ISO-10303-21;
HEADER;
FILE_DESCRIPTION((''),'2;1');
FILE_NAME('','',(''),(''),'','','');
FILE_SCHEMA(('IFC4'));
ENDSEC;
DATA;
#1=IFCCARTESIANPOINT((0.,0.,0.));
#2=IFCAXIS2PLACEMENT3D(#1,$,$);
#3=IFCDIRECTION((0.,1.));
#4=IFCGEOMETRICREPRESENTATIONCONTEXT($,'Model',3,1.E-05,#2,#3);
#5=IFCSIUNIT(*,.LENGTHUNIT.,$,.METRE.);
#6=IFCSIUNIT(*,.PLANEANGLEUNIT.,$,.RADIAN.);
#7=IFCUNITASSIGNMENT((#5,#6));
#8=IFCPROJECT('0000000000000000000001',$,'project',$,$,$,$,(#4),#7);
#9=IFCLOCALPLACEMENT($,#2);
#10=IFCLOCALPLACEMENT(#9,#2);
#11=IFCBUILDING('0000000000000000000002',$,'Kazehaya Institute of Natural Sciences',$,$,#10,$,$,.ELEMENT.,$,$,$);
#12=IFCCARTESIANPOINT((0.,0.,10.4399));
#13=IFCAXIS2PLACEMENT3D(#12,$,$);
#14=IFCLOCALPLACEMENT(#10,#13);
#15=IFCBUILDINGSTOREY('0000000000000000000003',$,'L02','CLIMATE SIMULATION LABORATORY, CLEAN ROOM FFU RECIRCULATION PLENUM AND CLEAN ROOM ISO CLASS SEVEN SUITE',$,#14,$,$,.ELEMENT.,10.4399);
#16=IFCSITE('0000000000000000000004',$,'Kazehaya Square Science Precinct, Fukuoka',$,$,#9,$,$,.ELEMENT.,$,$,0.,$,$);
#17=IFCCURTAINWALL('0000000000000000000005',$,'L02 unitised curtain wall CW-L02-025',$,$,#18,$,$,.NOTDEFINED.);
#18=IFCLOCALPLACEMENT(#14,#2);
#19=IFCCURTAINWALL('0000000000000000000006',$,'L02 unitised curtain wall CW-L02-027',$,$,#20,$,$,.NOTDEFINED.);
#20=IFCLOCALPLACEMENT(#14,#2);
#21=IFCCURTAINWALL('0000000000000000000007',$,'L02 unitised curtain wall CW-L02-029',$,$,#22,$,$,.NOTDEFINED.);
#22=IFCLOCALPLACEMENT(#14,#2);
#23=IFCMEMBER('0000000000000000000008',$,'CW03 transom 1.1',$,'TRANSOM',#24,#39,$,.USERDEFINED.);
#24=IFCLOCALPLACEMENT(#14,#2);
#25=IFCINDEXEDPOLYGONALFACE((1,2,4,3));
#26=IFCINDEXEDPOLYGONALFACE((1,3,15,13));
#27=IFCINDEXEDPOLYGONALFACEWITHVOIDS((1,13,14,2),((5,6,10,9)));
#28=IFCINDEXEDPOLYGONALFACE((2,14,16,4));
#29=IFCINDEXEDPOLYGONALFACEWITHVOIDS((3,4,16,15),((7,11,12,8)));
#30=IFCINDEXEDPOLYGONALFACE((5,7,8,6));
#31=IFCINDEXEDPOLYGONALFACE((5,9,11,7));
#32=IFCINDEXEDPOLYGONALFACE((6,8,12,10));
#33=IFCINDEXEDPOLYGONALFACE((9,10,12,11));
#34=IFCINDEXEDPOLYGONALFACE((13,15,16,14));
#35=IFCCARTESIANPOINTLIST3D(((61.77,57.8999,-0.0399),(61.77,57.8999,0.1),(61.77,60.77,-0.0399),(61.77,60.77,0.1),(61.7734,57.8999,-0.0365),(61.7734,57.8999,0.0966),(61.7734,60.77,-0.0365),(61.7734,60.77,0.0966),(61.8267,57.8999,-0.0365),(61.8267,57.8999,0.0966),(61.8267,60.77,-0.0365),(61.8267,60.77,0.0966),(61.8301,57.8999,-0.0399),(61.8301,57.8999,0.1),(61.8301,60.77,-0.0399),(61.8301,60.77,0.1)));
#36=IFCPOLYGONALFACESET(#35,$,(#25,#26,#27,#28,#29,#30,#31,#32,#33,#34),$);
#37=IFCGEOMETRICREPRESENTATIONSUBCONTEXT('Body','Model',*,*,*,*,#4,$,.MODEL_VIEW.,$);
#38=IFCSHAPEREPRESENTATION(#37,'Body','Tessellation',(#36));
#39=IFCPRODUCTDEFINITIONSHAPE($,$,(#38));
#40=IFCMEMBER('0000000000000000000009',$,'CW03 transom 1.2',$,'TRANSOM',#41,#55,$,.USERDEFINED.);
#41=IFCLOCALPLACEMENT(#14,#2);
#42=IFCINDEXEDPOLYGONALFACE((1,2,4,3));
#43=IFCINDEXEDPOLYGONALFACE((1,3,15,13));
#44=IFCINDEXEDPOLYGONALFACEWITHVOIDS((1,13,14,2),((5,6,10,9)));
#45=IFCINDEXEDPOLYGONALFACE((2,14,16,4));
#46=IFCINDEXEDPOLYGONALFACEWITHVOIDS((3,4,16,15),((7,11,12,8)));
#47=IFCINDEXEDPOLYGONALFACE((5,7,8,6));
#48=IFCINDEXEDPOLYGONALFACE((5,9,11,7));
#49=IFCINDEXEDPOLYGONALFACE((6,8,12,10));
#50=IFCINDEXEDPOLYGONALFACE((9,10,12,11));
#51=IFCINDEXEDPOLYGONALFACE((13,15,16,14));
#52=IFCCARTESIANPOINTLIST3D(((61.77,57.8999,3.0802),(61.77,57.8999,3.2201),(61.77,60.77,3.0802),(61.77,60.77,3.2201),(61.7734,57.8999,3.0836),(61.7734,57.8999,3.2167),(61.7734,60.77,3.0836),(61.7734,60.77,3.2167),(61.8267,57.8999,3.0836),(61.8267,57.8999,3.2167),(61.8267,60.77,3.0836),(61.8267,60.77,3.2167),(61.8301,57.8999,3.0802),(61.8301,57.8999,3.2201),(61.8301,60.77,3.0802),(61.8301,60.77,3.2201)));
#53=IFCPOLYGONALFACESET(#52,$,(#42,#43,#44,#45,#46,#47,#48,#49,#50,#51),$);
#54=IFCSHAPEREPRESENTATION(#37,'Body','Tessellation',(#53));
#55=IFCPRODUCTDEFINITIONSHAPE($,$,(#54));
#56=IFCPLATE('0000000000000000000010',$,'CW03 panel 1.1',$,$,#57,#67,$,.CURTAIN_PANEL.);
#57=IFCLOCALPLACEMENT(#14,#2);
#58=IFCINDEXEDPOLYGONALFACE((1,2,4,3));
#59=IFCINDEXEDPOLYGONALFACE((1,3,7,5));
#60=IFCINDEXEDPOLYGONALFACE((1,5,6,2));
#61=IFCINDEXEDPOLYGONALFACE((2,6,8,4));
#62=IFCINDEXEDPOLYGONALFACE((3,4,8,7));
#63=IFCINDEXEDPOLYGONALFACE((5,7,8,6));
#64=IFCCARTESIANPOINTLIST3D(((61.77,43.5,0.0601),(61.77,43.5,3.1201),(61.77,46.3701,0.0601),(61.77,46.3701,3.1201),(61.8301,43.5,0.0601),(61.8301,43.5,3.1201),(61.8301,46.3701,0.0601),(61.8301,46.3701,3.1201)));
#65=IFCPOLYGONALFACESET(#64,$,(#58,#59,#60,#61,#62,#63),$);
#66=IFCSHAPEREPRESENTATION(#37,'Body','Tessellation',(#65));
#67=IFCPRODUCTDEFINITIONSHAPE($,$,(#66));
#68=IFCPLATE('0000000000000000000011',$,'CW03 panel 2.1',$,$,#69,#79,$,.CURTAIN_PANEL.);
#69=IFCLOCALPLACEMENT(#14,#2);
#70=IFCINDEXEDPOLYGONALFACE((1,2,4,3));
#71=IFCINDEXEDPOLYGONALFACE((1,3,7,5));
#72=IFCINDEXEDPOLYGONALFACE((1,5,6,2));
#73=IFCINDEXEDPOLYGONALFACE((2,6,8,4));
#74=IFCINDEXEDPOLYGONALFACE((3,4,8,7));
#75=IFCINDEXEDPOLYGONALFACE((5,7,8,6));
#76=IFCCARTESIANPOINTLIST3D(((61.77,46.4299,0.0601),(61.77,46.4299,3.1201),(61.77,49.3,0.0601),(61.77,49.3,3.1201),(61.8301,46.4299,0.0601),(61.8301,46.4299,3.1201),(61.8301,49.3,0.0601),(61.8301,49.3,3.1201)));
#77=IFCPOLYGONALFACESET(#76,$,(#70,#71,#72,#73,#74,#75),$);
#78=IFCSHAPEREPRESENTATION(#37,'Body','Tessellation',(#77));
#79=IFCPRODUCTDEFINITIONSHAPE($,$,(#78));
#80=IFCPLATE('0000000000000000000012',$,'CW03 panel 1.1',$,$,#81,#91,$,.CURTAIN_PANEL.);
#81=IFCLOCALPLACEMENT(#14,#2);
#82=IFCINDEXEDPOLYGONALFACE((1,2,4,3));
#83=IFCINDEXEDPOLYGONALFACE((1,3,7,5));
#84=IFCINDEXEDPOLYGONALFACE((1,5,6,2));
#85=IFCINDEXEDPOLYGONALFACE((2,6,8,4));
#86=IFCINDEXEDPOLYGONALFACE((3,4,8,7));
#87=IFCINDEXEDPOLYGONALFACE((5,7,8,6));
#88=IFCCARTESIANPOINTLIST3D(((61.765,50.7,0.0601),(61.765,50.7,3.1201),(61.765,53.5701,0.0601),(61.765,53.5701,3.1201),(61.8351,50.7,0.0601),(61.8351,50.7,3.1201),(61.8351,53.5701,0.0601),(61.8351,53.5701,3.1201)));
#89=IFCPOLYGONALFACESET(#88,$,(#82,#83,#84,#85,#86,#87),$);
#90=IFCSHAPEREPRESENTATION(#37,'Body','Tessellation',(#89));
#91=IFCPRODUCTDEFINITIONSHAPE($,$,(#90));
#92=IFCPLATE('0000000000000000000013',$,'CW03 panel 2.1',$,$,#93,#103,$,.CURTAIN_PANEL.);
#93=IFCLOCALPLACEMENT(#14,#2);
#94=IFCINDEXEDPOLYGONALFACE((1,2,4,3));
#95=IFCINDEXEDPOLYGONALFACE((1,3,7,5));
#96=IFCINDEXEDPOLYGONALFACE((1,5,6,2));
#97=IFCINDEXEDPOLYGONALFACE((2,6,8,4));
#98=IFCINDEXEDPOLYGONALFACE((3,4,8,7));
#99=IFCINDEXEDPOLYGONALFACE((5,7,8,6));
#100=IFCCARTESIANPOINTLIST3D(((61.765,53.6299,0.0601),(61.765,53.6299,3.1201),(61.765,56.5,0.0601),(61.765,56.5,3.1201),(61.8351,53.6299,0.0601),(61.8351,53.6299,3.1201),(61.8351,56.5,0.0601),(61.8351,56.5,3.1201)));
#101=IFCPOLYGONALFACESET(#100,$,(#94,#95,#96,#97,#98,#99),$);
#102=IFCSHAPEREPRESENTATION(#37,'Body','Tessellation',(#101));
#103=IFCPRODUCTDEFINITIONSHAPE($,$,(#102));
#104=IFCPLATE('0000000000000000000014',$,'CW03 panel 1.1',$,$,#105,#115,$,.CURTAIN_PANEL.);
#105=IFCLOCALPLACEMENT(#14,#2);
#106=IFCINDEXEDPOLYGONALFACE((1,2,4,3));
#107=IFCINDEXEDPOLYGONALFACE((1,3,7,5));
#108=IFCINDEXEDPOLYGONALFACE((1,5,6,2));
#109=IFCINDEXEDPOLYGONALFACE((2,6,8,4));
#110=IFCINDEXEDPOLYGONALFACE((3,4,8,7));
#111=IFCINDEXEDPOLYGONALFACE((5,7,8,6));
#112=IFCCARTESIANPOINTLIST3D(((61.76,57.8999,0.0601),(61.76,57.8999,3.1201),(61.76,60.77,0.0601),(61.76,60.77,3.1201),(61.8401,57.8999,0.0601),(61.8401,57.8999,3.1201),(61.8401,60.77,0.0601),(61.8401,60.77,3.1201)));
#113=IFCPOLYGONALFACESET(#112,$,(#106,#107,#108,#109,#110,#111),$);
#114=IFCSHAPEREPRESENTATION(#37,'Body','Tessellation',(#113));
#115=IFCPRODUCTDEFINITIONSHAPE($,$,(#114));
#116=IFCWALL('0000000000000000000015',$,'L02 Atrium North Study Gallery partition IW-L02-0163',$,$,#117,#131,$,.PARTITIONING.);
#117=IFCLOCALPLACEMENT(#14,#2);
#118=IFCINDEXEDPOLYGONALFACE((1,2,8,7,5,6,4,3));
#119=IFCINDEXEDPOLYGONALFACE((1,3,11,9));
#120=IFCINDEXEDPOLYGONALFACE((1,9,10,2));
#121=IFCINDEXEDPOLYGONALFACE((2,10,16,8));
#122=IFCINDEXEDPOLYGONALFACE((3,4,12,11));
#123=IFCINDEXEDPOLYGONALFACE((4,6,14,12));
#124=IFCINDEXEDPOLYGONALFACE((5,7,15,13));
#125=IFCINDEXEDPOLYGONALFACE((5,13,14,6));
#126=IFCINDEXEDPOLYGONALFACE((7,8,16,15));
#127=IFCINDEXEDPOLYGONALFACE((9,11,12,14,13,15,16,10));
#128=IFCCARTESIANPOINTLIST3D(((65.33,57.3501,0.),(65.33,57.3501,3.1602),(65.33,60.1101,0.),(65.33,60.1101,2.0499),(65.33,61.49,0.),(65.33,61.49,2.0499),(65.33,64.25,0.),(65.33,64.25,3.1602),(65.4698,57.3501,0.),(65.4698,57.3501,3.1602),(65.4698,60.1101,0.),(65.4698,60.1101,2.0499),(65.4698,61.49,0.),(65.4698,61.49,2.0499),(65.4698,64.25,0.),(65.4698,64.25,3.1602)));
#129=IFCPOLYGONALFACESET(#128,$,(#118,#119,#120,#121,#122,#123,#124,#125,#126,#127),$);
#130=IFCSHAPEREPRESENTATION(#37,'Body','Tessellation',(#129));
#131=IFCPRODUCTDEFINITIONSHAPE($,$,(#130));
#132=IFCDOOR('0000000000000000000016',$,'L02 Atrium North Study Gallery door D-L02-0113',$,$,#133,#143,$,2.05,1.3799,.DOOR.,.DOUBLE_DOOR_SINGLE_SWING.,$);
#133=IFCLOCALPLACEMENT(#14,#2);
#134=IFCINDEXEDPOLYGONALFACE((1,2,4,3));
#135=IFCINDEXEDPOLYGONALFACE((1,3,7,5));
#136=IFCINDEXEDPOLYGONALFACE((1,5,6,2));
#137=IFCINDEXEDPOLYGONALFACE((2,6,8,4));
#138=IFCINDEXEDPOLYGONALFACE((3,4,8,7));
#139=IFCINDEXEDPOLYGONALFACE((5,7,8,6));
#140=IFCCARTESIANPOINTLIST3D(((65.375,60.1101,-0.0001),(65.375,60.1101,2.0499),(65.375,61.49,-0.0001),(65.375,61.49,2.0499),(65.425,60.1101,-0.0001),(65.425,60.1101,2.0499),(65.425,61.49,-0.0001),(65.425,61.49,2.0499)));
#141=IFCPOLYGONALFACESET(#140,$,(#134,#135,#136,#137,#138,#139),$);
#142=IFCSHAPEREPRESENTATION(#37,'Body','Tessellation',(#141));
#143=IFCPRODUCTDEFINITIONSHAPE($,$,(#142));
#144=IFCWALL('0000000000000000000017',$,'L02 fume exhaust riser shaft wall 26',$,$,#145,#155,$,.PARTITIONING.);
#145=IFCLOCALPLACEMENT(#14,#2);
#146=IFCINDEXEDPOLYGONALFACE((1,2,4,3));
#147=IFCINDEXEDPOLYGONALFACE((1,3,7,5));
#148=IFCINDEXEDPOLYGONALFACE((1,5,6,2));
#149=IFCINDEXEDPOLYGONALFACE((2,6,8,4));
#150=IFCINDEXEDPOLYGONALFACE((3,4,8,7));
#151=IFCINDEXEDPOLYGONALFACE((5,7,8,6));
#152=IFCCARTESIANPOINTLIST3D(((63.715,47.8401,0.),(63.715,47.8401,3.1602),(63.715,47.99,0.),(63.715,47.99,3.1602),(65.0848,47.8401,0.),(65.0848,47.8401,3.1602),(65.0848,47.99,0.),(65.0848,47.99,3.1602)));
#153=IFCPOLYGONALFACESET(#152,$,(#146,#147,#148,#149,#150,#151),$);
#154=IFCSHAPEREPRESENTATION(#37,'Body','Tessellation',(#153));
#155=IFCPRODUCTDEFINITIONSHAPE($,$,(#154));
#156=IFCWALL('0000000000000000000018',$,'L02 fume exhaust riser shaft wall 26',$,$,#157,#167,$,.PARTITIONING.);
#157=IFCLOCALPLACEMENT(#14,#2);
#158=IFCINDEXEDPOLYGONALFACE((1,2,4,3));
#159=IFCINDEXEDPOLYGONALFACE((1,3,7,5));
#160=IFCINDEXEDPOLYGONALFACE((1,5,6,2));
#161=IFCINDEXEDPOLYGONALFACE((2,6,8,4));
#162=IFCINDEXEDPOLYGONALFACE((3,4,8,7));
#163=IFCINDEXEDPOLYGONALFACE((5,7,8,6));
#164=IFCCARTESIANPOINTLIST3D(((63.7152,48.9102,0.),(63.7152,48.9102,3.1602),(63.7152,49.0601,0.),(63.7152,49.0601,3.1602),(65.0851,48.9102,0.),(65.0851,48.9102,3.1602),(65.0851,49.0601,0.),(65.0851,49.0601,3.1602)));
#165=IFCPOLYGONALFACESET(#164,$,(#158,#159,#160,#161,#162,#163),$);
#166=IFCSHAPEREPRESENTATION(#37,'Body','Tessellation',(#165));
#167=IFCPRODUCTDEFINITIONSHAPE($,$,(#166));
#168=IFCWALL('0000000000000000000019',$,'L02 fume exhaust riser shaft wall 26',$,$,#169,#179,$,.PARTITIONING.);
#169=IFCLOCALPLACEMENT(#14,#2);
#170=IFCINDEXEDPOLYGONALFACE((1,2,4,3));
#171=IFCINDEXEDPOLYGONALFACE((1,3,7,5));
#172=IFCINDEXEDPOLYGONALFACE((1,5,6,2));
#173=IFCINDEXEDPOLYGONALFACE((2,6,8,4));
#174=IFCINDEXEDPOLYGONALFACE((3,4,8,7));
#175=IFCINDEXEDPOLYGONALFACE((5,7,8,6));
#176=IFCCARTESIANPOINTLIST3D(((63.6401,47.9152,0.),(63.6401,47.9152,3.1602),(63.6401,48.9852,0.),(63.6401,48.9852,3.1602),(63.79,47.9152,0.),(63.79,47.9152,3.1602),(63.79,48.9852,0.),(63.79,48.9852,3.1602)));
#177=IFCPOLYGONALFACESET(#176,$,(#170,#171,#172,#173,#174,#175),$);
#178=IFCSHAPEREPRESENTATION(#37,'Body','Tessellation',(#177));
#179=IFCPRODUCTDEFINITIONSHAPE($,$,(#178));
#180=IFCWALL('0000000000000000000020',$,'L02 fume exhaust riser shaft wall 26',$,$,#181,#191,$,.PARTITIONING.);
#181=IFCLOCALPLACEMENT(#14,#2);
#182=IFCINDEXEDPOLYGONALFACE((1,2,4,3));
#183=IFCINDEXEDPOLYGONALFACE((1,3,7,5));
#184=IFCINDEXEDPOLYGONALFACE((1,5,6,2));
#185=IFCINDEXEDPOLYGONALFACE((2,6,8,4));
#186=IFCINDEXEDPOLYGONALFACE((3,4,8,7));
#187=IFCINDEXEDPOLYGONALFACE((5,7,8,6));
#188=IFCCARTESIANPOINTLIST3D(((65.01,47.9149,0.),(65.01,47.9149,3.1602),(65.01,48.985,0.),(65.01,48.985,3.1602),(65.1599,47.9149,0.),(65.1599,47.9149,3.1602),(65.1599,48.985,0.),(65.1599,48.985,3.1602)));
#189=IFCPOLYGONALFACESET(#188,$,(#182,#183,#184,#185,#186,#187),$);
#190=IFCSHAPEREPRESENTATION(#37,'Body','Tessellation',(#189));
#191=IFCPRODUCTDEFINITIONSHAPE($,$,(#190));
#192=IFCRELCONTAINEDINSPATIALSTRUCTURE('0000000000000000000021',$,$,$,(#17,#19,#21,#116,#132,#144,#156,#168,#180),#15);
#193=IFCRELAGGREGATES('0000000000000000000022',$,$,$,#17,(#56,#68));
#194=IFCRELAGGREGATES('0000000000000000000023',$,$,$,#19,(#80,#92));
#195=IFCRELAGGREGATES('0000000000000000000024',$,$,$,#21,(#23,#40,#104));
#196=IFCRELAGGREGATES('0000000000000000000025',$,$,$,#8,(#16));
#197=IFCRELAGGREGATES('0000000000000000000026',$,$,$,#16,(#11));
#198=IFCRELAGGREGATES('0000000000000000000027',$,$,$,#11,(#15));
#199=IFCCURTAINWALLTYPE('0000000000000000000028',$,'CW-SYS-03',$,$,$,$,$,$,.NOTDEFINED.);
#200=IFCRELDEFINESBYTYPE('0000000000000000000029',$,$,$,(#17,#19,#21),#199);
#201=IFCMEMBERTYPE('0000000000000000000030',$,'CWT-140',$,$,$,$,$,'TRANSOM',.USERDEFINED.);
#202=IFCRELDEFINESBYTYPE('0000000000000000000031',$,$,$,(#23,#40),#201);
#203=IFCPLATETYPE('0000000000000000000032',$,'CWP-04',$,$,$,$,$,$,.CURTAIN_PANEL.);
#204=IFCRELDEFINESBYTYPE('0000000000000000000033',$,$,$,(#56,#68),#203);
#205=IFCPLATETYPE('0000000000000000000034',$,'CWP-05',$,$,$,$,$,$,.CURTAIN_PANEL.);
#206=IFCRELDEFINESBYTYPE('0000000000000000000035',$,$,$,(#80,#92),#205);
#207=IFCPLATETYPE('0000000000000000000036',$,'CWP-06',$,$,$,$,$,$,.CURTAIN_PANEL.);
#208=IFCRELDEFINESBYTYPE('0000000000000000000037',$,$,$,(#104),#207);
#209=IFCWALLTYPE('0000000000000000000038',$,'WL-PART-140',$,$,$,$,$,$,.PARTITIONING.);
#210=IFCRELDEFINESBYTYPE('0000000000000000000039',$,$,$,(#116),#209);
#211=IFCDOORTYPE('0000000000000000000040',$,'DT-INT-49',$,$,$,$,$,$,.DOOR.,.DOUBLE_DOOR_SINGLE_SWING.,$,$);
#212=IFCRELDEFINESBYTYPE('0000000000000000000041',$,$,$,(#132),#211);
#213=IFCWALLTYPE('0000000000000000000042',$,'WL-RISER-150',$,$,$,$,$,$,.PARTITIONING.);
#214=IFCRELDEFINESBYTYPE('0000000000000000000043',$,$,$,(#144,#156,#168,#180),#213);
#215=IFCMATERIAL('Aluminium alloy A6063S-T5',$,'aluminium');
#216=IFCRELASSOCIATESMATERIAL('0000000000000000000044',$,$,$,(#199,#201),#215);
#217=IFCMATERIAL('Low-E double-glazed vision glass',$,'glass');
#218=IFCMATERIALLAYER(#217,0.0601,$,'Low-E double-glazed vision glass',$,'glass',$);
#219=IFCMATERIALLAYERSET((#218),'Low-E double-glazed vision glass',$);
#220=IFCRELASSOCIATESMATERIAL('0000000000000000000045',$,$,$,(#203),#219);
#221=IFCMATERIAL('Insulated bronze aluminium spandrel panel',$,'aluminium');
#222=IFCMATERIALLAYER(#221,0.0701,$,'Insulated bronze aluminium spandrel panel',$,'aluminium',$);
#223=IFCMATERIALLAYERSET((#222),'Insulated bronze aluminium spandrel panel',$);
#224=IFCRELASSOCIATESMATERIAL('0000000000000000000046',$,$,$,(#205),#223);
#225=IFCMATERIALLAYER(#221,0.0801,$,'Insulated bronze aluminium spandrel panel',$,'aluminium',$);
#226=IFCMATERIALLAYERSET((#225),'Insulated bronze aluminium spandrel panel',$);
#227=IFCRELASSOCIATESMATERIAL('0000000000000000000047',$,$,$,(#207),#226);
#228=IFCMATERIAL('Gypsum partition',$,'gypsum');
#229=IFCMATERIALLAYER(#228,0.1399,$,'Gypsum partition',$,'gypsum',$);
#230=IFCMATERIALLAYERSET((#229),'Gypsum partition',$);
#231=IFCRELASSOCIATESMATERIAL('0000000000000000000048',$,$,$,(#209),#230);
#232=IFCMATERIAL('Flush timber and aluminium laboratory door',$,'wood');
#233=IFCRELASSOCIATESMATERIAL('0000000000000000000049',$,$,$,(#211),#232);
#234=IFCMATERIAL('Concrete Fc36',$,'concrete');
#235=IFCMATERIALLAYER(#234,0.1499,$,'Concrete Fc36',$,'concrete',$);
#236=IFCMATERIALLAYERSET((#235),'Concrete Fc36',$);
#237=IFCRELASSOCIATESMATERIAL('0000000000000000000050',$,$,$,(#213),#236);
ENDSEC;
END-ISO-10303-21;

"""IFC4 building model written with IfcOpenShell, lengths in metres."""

from ifc_helpers import new_model, si_unit, direction, frame, frame_2d, origin, origin_2d, place, context, subcontext, project, spatial, rectangle, hollow_rectangle, extrude, material, layer, layer_set, material_profile, profile_set, type_object, element, fill, aggregate, save


model = new_model("IFC4")

# Units and contexts
model_context = context("Model", 3, precision=1e-05, world=origin(), true_north=direction((0.0, 1.0)))
body_context = subcontext(model_context, "Body", "Model", "MODEL_VIEW")
ifc_project = project(units=[si_unit("LENGTHUNIT", "METRE"), si_unit("PLANEANGLEUNIT", "RADIAN")], contexts=[model_context])

# Site, building, storey
site_placement = place(None, origin())
site = spatial("IfcSite", under=ifc_project, at=site_placement, Name="Kazehaya Square Science Precinct, Fukuoka", CompositionType="ELEMENT", RefElevation=0.0)
building_placement = place(site_placement, origin())
building = spatial("IfcBuilding", under=site, at=building_placement, Name="Kazehaya Institute of Natural Sciences", CompositionType="ELEMENT")
storey_placement = place(building_placement, frame((0.0, 0.0, 10.4399)))
storey = spatial("IfcBuildingStorey", under=building, at=storey_placement, Name="L02", Description="CLIMATE SIMULATION LABORATORY, CLEAN ROOM FFU RECIRCULATION PLENUM AND CLEAN ROOM ISO CLASS SEVEN SUITE", CompositionType="ELEMENT", Elevation=10.4399)

# Shared definitions
ifc_material_1 = material(Name="Concrete Fc36", Category="concrete")

# Curtain walls
ifc_material_2 = material(Name="Aluminium alloy A6063S-T5", Category="aluminium")
curtain_wall_type = type_object("IfcCurtainWallType", Name="CW-SYS-03", PredefinedType="NOTDEFINED", material=ifc_material_2)
curtain_wall_1_placement = place(storey_placement, origin())
curtain_wall_1 = element("IfcCurtainWall", 1, at=curtain_wall_1_placement, inside=storey, type_object=curtain_wall_type, Name="L02 unitised curtain wall CW-L02-025", PredefinedType="NOTDEFINED")
curtain_wall_2_placement = place(storey_placement, origin())
curtain_wall_2 = element("IfcCurtainWall", 2, at=curtain_wall_2_placement, inside=storey, type_object=curtain_wall_type, Name="L02 unitised curtain wall CW-L02-027", PredefinedType="NOTDEFINED")
curtain_wall_3_placement = place(storey_placement, origin())
curtain_wall_3 = element("IfcCurtainWall", 3, at=curtain_wall_3_placement, inside=storey, type_object=curtain_wall_type, Name="L02 unitised curtain wall CW-L02-029", PredefinedType="NOTDEFINED")

# Members
ifc_material_profile_1 = material_profile(ifc_material_2, hollow_rectangle(XDim=0.0601, YDim=0.1399, WallThickness=0.0034, at=origin_2d()), Name="ALU-60x140x3.5")
ifc_profile_set_1 = profile_set([ifc_material_profile_1], Name="Aluminium alloy A6063S-T5")
member_type_1 = type_object("IfcMemberType", Name="CWT-140", ElementType="TRANSOM", PredefinedType="USERDEFINED", material=ifc_profile_set_1)
member_1_placement = place(storey_placement, frame((61.8, 57.8999, 0.03), z_axis=(0.0, 1.0, 0.0), x_axis=(-1.0, 0.0, 0.0)))
member_1 = element("IfcMember", 4, at=member_1_placement, type_object=member_type_1, Name="CW03 transom 1.1", ObjectType="TRANSOM", PredefinedType="USERDEFINED", context=body_context, shape_type="SweptSolid", body=[
    extrude(hollow_rectangle(XDim=0.0601, YDim=0.1399, WallThickness=0.0034, at=origin_2d()), origin(), (0.0, 0.0, 1.0), 2.8701),
])
member_2_placement = place(storey_placement, frame((61.8, 57.8999, 3.1501), z_axis=(0.0, 1.0, 0.0), x_axis=(-1.0, 0.0, 0.0)))
member_2 = element("IfcMember", 5, at=member_2_placement, type_object=member_type_1, Name="CW03 transom 1.2", ObjectType="TRANSOM", PredefinedType="USERDEFINED", context=body_context, shape_type="SweptSolid", body=[
    extrude(hollow_rectangle(XDim=0.0601, YDim=0.1399, WallThickness=0.0034, at=origin_2d()), origin(), (0.0, 0.0, 1.0), 2.8701),
])

# Plates
ifc_material_3 = material(Name="Low-E double-glazed vision glass", Category="glass")
ifc_layer_1 = layer(ifc_material_3, 0.0601, Name="Low-E double-glazed vision glass", Category="glass")
ifc_layer_set_1 = layer_set([ifc_layer_1], Name="Low-E double-glazed vision glass")
plate_type_1 = type_object("IfcPlateType", Name="CWP-04", PredefinedType="CURTAIN_PANEL", material=ifc_layer_set_1)
plate_1_placement = place(storey_placement, frame((61.8, 44.9351, 0.0601), z_axis=(0.0, 0.0, 1.0), x_axis=(0.0, 1.0, 0.0)))
plate_1 = element("IfcPlate", 6, at=plate_1_placement, type_object=plate_type_1, Name="CW03 panel 1.1", PredefinedType="CURTAIN_PANEL", context=body_context, shape_type="SweptSolid", body=[
    extrude(rectangle(XDim=2.8701, YDim=0.0601, at=origin_2d()), origin(), (0.0, 0.0, 1.0), 3.0601),
])
plate_2_placement = place(storey_placement, frame((61.8, 47.865, 0.0601), z_axis=(0.0, 0.0, 1.0), x_axis=(0.0, 1.0, 0.0)))
plate_2 = element("IfcPlate", 7, at=plate_2_placement, type_object=plate_type_1, Name="CW03 panel 2.1", PredefinedType="CURTAIN_PANEL", context=body_context, shape_type="SweptSolid", body=[
    extrude(rectangle(XDim=2.8701, YDim=0.0601, at=origin_2d()), origin(), (0.0, 0.0, 1.0), 3.0601),
])
aggregate(curtain_wall_1, [plate_1, plate_2])
ifc_material_4 = material(Name="Insulated bronze aluminium spandrel panel", Category="aluminium")
ifc_layer_2 = layer(ifc_material_4, 0.0701, Name="Insulated bronze aluminium spandrel panel", Category="aluminium")
ifc_layer_set_2 = layer_set([ifc_layer_2], Name="Insulated bronze aluminium spandrel panel")
plate_type_2 = type_object("IfcPlateType", Name="CWP-05", PredefinedType="CURTAIN_PANEL", material=ifc_layer_set_2)
plate_3_placement = place(storey_placement, frame((61.8, 52.135, 0.0601), z_axis=(0.0, 0.0, 1.0), x_axis=(0.0, 1.0, 0.0)))
plate_3 = element("IfcPlate", 8, at=plate_3_placement, type_object=plate_type_2, Name="CW03 panel 1.1", PredefinedType="CURTAIN_PANEL", context=body_context, shape_type="SweptSolid", body=[
    extrude(rectangle(XDim=2.8701, YDim=0.0701, at=origin_2d()), origin(), (0.0, 0.0, 1.0), 3.0601),
])
plate_4_placement = place(storey_placement, frame((61.8, 55.0649, 0.0601), z_axis=(0.0, 0.0, 1.0), x_axis=(0.0, 1.0, 0.0)))
plate_4 = element("IfcPlate", 9, at=plate_4_placement, type_object=plate_type_2, Name="CW03 panel 2.1", PredefinedType="CURTAIN_PANEL", context=body_context, shape_type="SweptSolid", body=[
    extrude(rectangle(XDim=2.8701, YDim=0.0701, at=origin_2d()), origin(), (0.0, 0.0, 1.0), 3.0601),
])
aggregate(curtain_wall_2, [plate_3, plate_4])
ifc_layer_3 = layer(ifc_material_4, 0.0801, Name="Insulated bronze aluminium spandrel panel", Category="aluminium")
ifc_layer_set_3 = layer_set([ifc_layer_3], Name="Insulated bronze aluminium spandrel panel")
plate_type_3 = type_object("IfcPlateType", Name="CWP-06", PredefinedType="CURTAIN_PANEL", material=ifc_layer_set_3)
plate_5_placement = place(storey_placement, frame((61.8, 59.335, 0.0601), z_axis=(0.0, 0.0, 1.0), x_axis=(0.0, 1.0, 0.0)))
plate_5 = element("IfcPlate", 10, at=plate_5_placement, type_object=plate_type_3, Name="CW03 panel 1.1", PredefinedType="CURTAIN_PANEL", context=body_context, shape_type="SweptSolid", body=[
    extrude(rectangle(XDim=2.8701, YDim=0.0801, at=origin_2d()), origin(), (0.0, 0.0, 1.0), 3.0601),
])
aggregate(curtain_wall_3, [member_1, member_2, plate_5])

# Wall, opening, door
ifc_material_5 = material(Name="Gypsum partition", Category="gypsum")
ifc_layer_4 = layer(ifc_material_5, 0.1399, Name="Gypsum partition", Category="gypsum")
ifc_layer_set_4 = layer_set([ifc_layer_4], Name="Gypsum partition")
wall_type_1 = type_object("IfcWallType", Name="WL-PART-140", PredefinedType="PARTITIONING", material=ifc_layer_set_4)
wall_placement = place(storey_placement, frame((65.3999, 57.3501, 0.0), z_axis=(0.0, 0.0, 1.0), x_axis=(0.0, 1.0, 0.0)))
wall = element("IfcWall", 11, at=wall_placement, inside=storey, type_object=wall_type_1, Name="L02 Atrium North Study Gallery partition IW-L02-0163", PredefinedType="PARTITIONING", context=body_context, shape_type="SweptSolid", body=[
    extrude(rectangle(XDim=6.8999, YDim=0.1399, at=frame_2d((3.45, 0.0))), origin(), (0.0, 0.0, 1.0), 3.1602),
])
opening_placement = place(wall_placement, frame((2.76, 0.0, 0.0)))
opening = element("IfcOpeningElement", 12, at=opening_placement, cuts=wall, PredefinedType="OPENING", context=body_context, shape_type="SweptSolid", body=[
    extrude(rectangle(XDim=1.3799, YDim=2.05, at=frame_2d((0.6899, 1.0249))), frame((0.0, 0.0798, 0.0), z_axis=(0.0, -1.0, 0.0), x_axis=(1.0, 0.0, 0.0)), (0.0, 0.0, 1.0), 0.1599),
])
ifc_material_6 = material(Name="Flush timber and aluminium laboratory door", Category="wood")
door_type = type_object("IfcDoorType", Name="DT-INT-49", OperationType="DOUBLE_DOOR_SINGLE_SWING", PredefinedType="DOOR", material=ifc_material_6)
door_placement = place(opening_placement, origin())
door = element("IfcDoor", 13, at=door_placement, inside=storey, type_object=door_type, Name="L02 Atrium North Study Gallery door D-L02-0113", OperationType="DOUBLE_DOOR_SINGLE_SWING", OverallHeight=2.05, OverallWidth=1.3799, PredefinedType="DOOR", context=body_context, shape_type="SweptSolid", body=[
    extrude(rectangle(XDim=1.3799, YDim=2.05, at=frame_2d((0.6899, 1.0249))), frame((0.0, 0.0249, 0.0), z_axis=(0.0, -1.0, 0.0), x_axis=(1.0, 0.0, 0.0)), (0.0, 0.0, 1.0), 0.05),
])
fill(opening, door)

# Walls
ifc_layer_5 = layer(ifc_material_1, 0.1499, Name="Concrete Fc36", Category="concrete")
ifc_layer_set_5 = layer_set([ifc_layer_5], Name="Concrete Fc36")
wall_type_2 = type_object("IfcWallType", Name="WL-RISER-150", PredefinedType="PARTITIONING", material=ifc_layer_set_5)
for number, where, z_axis, x_axis, name in (
    (14, (65.085, 47.915, 0.0), (0.0, 0.0, 1.0), (-1.0, 0.0, 0.0), "L02 fume exhaust riser shaft wall 26"),
    (15, (63.7151, 48.9851, 0.0), (0.0, 0.0, 1.0), (1.0, 0.0, 0.0), "L02 fume exhaust riser shaft wall 26"),
):
    element("IfcWall", number, at=place(storey_placement, frame(where, z_axis=z_axis, x_axis=x_axis)), inside=storey, type_object=wall_type_2, Name=name, PredefinedType="PARTITIONING", context=body_context, shape_type="SweptSolid", body=[
        extrude(rectangle(XDim=1.3699, YDim=0.1499, at=frame_2d((0.6851, 0.0))), origin(), (0.0, 0.0, 1.0), 3.1602),
    ])
for number, where, z_axis, x_axis, name in (
    (16, (63.7151, 47.915, 0.0), (0.0, 0.0, 1.0), (0.0, 1.0, 0.0), "L02 fume exhaust riser shaft wall 26"),
    (17, (65.085, 48.9851, 0.0), (0.0, 0.0, 1.0), (0.0, -1.0, 0.0), "L02 fume exhaust riser shaft wall 26"),
):
    element("IfcWall", number, at=place(storey_placement, frame(where, z_axis=z_axis, x_axis=x_axis)), inside=storey, type_object=wall_type_2, Name=name, PredefinedType="PARTITIONING", context=body_context, shape_type="SweptSolid", body=[
        extrude(rectangle(XDim=1.0701, YDim=0.1499, at=frame_2d((0.5352, 0.0))), origin(), (0.0, 0.0, 1.0), 3.1602),
    ])

save(model, "model.ifc")
